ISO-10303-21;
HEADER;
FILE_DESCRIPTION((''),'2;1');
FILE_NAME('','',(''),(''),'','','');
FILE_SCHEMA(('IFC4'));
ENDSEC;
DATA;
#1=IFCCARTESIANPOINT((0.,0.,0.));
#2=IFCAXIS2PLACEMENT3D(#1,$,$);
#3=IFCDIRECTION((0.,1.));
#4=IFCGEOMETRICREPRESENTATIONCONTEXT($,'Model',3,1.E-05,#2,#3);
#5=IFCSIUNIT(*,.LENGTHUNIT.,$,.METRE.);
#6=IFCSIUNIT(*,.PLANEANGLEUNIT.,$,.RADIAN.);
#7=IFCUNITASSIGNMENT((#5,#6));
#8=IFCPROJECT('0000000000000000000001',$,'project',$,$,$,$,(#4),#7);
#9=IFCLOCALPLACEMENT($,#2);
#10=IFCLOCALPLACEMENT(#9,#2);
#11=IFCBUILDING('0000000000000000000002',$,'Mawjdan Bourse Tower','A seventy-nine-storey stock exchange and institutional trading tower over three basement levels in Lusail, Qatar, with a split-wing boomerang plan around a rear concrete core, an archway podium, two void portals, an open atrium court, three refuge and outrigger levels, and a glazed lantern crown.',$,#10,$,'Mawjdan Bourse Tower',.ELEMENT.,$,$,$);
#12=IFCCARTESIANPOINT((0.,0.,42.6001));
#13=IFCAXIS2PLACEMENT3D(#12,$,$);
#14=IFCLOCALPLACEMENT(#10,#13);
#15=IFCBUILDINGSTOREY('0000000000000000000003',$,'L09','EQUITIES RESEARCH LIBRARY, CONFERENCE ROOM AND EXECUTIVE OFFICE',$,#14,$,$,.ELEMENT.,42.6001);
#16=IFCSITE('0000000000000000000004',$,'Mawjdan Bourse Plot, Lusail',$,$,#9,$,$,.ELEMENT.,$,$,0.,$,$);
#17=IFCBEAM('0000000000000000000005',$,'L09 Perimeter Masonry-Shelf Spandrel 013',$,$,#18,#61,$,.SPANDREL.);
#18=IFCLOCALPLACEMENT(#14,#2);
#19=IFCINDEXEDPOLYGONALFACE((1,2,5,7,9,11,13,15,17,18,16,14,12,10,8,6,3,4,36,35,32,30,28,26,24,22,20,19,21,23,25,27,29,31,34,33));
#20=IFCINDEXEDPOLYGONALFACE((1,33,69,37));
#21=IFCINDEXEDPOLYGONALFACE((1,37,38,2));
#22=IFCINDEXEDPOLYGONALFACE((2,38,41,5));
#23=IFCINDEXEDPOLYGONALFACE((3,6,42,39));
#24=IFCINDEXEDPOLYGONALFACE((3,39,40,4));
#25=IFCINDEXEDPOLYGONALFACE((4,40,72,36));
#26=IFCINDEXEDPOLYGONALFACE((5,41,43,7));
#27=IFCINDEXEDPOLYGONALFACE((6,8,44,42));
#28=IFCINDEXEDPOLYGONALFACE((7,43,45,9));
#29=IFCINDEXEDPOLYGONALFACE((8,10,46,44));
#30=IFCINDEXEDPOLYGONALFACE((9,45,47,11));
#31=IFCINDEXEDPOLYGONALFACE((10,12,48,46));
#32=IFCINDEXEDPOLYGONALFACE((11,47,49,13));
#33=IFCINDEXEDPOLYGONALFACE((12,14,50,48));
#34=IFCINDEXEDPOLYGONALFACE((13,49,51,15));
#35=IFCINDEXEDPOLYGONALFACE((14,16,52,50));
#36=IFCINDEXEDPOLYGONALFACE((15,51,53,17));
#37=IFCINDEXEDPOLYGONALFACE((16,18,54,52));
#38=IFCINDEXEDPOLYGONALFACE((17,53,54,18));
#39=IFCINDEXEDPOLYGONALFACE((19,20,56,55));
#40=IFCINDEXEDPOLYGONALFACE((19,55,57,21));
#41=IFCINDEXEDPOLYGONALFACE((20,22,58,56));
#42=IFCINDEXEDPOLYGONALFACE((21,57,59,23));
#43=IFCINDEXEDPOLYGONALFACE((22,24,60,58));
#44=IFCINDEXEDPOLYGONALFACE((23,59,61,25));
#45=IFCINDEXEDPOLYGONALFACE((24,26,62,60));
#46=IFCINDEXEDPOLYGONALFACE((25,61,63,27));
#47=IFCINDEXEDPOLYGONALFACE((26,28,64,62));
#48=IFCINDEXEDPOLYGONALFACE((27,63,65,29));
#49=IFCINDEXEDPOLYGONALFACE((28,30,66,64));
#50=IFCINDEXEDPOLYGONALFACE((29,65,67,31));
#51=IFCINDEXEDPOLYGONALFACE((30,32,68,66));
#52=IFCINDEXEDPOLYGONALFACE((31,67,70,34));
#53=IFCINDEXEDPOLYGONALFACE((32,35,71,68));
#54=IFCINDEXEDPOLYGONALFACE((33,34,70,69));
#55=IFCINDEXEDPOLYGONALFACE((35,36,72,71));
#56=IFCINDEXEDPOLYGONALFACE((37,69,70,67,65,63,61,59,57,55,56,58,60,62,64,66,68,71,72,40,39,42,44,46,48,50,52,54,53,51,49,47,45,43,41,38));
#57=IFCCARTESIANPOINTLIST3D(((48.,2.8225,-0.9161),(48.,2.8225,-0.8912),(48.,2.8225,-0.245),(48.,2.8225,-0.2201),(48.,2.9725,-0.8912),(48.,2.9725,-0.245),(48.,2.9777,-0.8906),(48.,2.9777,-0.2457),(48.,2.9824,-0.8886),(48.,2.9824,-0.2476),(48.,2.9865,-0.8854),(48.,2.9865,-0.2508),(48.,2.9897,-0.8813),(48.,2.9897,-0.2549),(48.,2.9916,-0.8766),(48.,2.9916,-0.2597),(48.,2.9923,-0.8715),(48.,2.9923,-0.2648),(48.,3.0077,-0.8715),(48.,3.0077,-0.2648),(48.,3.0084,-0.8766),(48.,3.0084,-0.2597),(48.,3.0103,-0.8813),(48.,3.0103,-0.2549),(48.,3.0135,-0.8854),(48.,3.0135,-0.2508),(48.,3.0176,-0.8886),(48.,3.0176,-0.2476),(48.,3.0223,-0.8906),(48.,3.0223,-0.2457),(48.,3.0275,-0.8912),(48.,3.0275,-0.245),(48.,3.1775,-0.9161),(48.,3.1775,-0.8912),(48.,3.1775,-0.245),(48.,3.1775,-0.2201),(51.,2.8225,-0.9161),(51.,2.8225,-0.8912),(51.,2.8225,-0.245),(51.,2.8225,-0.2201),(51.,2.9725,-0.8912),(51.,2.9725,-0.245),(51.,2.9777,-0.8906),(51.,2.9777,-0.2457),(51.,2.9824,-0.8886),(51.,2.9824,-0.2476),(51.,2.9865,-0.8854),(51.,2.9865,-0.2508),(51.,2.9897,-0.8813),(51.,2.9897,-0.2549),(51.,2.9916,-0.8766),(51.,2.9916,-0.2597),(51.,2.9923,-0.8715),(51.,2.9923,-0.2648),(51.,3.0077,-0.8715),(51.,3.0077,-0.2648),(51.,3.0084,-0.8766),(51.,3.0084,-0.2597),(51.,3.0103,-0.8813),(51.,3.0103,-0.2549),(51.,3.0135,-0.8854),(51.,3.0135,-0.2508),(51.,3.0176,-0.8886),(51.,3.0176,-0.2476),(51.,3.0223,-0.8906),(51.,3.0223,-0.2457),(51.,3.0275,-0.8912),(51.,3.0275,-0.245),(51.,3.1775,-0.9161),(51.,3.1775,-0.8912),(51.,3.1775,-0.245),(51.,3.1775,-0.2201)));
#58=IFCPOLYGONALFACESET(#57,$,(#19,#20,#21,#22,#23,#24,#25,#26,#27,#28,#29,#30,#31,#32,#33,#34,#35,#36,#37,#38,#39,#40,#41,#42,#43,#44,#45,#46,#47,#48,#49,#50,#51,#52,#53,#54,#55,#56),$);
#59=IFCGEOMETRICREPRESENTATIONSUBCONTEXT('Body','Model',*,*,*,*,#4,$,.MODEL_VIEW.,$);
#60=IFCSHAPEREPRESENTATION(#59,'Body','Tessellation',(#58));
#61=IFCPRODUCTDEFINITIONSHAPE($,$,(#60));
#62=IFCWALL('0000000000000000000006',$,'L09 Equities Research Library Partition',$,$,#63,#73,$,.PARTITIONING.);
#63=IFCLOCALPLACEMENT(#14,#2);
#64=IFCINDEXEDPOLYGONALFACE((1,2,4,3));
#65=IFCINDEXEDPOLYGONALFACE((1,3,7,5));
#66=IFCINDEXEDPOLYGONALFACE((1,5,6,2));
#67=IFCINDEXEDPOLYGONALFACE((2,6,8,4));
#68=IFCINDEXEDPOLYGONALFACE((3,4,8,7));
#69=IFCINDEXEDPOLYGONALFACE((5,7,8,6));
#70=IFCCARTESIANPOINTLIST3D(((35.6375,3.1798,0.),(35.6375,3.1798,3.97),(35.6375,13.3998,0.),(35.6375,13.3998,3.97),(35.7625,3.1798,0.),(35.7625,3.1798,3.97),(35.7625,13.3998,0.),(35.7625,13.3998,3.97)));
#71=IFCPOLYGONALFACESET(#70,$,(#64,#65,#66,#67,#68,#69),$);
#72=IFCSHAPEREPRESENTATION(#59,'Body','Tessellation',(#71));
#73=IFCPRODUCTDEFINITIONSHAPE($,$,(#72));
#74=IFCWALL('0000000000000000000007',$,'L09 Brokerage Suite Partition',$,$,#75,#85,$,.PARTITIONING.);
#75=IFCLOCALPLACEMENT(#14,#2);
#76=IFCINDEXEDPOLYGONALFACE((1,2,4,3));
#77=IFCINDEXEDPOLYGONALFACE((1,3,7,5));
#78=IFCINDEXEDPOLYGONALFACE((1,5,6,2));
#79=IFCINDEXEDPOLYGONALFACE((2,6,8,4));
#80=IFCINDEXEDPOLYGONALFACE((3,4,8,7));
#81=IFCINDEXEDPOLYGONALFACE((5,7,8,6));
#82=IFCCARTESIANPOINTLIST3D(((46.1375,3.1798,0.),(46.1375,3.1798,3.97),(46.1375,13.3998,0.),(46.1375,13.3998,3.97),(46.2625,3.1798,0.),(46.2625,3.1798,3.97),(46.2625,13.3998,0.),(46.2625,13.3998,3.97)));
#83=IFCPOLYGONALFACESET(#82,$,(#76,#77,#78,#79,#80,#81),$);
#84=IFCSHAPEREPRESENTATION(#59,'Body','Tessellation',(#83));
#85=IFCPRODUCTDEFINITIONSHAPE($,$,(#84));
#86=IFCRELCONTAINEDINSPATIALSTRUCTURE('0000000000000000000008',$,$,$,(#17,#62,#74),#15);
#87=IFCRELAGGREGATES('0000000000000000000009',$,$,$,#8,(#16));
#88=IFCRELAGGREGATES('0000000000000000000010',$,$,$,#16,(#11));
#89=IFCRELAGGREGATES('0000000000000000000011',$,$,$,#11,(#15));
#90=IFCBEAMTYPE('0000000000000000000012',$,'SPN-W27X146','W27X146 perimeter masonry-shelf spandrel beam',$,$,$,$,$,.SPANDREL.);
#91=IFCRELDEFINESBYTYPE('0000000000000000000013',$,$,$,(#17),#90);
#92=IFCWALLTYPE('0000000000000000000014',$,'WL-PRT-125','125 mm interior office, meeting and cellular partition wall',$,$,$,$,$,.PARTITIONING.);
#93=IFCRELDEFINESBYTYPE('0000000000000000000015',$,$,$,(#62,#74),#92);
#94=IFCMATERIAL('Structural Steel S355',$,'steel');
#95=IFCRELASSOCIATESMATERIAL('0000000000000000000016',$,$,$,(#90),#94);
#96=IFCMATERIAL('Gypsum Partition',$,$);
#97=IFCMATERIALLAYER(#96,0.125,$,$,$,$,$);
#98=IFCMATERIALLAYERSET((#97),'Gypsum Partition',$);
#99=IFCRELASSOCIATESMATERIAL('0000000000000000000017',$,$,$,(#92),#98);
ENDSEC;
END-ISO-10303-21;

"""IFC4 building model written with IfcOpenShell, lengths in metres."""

from ifc_helpers import new_model, si_unit, direction, frame, frame_2d, origin, origin_2d, place, context, subcontext, project, spatial, rectangle, i_section, extrude, material, layer, layer_set, material_profile, profile_set, type_object, element, save


model = new_model("IFC4")

# Units and contexts
model_context = context("Model", 3, precision=1e-05, world=origin(), true_north=direction((0.0, 1.0)))
body_context = subcontext(model_context, "Body", "Model", "MODEL_VIEW")
ifc_project = project(units=[si_unit("LENGTHUNIT", "METRE"), si_unit("PLANEANGLEUNIT", "RADIAN")], contexts=[model_context])

# Site, building, storey
site_placement = place(None, origin())
site = spatial("IfcSite", under=ifc_project, at=site_placement, Name="Mawjdan Bourse Plot, Lusail", CompositionType="ELEMENT", RefElevation=0.0)
building_placement = place(site_placement, origin())
building = spatial("IfcBuilding", under=site, at=building_placement, Name="Mawjdan Bourse Tower", Description="A seventy-nine-storey stock exchange and institutional trading tower over three basement levels in Lusail, Qatar, with a split-wing boomerang plan around a rear concrete core, an archway podium, two void portals, an open atrium court, three refuge and outrigger levels, and a glazed lantern crown.", LongName="Mawjdan Bourse Tower", CompositionType="ELEMENT")
storey_placement = place(building_placement, frame((0.0, 0.0, 42.6001)))
storey = spatial("IfcBuildingStorey", under=building, at=storey_placement, Name="L09", Description="EQUITIES RESEARCH LIBRARY, CONFERENCE ROOM AND EXECUTIVE OFFICE", CompositionType="ELEMENT", Elevation=42.6001)

# Beam
ifc_material_1 = material(Name="Structural Steel S355", Category="steel")
ifc_material_profile_1 = material_profile(ifc_material_1, i_section(OverallWidth=0.355, OverallDepth=0.696, WebThickness=0.0154, FlangeThickness=0.0249, FilletRadius=0.0198, at=origin_2d()), Name="W27X146")
ifc_profile_set_1 = profile_set([ifc_material_profile_1], Name="Structural Steel S355")
beam_type_1 = type_object("IfcBeamType", Name="SPN-W27X146", Description="W27X146 perimeter masonry-shelf spandrel beam", PredefinedType="SPANDREL", material=ifc_profile_set_1)
beam_1_placement = place(storey_placement, frame((48.0, 3.0, -0.5681), z_axis=(1.0, 0.0, 0.0), x_axis=(0.0, 1.0, 0.0)))
element("IfcBeam", 1, at=beam_1_placement, inside=storey, type_object=beam_type_1, Name="L09 Perimeter Masonry-Shelf Spandrel 013", PredefinedType="SPANDREL", context=body_context, shape_type="SweptSolid", body=[
    extrude(i_section(OverallWidth=0.355, OverallDepth=0.696, WebThickness=0.0154, FlangeThickness=0.0249, FilletRadius=0.0198, at=origin_2d()), origin(), (0.0, 0.0, 1.0), 3.0),
])

# Walls
ifc_material_2 = material(Name="Gypsum Partition")
ifc_layer = layer(ifc_material_2, 0.125)
ifc_layer_set = layer_set([ifc_layer], Name="Gypsum Partition")
wall_type = type_object("IfcWallType", Name="WL-PRT-125", Description="125 mm interior office, meeting and cellular partition wall", PredefinedType="PARTITIONING", material=ifc_layer_set)
for number, where, z_axis, x_axis, name in (
    (2, (35.7, 3.1799, 0.0), (0.0, 0.0, 1.0), (0.0, 1.0, 0.0), "L09 Equities Research Library Partition"),
    (3, (46.2, 3.1799, 0.0), (0.0, 0.0, 1.0), (0.0, 1.0, 0.0), "L09 Brokerage Suite Partition"),
):
    element("IfcWall", number, at=place(storey_placement, frame(where, z_axis=z_axis, x_axis=x_axis)), inside=storey, type_object=wall_type, Name=name, PredefinedType="PARTITIONING", context=body_context, shape_type="SweptSolid", body=[
        extrude(rectangle(XDim=10.22, YDim=0.125, at=frame_2d((5.1099, 0.0))), origin(), (0.0, 0.0, 1.0), 3.97),
    ])

save(model, "model.ifc")
